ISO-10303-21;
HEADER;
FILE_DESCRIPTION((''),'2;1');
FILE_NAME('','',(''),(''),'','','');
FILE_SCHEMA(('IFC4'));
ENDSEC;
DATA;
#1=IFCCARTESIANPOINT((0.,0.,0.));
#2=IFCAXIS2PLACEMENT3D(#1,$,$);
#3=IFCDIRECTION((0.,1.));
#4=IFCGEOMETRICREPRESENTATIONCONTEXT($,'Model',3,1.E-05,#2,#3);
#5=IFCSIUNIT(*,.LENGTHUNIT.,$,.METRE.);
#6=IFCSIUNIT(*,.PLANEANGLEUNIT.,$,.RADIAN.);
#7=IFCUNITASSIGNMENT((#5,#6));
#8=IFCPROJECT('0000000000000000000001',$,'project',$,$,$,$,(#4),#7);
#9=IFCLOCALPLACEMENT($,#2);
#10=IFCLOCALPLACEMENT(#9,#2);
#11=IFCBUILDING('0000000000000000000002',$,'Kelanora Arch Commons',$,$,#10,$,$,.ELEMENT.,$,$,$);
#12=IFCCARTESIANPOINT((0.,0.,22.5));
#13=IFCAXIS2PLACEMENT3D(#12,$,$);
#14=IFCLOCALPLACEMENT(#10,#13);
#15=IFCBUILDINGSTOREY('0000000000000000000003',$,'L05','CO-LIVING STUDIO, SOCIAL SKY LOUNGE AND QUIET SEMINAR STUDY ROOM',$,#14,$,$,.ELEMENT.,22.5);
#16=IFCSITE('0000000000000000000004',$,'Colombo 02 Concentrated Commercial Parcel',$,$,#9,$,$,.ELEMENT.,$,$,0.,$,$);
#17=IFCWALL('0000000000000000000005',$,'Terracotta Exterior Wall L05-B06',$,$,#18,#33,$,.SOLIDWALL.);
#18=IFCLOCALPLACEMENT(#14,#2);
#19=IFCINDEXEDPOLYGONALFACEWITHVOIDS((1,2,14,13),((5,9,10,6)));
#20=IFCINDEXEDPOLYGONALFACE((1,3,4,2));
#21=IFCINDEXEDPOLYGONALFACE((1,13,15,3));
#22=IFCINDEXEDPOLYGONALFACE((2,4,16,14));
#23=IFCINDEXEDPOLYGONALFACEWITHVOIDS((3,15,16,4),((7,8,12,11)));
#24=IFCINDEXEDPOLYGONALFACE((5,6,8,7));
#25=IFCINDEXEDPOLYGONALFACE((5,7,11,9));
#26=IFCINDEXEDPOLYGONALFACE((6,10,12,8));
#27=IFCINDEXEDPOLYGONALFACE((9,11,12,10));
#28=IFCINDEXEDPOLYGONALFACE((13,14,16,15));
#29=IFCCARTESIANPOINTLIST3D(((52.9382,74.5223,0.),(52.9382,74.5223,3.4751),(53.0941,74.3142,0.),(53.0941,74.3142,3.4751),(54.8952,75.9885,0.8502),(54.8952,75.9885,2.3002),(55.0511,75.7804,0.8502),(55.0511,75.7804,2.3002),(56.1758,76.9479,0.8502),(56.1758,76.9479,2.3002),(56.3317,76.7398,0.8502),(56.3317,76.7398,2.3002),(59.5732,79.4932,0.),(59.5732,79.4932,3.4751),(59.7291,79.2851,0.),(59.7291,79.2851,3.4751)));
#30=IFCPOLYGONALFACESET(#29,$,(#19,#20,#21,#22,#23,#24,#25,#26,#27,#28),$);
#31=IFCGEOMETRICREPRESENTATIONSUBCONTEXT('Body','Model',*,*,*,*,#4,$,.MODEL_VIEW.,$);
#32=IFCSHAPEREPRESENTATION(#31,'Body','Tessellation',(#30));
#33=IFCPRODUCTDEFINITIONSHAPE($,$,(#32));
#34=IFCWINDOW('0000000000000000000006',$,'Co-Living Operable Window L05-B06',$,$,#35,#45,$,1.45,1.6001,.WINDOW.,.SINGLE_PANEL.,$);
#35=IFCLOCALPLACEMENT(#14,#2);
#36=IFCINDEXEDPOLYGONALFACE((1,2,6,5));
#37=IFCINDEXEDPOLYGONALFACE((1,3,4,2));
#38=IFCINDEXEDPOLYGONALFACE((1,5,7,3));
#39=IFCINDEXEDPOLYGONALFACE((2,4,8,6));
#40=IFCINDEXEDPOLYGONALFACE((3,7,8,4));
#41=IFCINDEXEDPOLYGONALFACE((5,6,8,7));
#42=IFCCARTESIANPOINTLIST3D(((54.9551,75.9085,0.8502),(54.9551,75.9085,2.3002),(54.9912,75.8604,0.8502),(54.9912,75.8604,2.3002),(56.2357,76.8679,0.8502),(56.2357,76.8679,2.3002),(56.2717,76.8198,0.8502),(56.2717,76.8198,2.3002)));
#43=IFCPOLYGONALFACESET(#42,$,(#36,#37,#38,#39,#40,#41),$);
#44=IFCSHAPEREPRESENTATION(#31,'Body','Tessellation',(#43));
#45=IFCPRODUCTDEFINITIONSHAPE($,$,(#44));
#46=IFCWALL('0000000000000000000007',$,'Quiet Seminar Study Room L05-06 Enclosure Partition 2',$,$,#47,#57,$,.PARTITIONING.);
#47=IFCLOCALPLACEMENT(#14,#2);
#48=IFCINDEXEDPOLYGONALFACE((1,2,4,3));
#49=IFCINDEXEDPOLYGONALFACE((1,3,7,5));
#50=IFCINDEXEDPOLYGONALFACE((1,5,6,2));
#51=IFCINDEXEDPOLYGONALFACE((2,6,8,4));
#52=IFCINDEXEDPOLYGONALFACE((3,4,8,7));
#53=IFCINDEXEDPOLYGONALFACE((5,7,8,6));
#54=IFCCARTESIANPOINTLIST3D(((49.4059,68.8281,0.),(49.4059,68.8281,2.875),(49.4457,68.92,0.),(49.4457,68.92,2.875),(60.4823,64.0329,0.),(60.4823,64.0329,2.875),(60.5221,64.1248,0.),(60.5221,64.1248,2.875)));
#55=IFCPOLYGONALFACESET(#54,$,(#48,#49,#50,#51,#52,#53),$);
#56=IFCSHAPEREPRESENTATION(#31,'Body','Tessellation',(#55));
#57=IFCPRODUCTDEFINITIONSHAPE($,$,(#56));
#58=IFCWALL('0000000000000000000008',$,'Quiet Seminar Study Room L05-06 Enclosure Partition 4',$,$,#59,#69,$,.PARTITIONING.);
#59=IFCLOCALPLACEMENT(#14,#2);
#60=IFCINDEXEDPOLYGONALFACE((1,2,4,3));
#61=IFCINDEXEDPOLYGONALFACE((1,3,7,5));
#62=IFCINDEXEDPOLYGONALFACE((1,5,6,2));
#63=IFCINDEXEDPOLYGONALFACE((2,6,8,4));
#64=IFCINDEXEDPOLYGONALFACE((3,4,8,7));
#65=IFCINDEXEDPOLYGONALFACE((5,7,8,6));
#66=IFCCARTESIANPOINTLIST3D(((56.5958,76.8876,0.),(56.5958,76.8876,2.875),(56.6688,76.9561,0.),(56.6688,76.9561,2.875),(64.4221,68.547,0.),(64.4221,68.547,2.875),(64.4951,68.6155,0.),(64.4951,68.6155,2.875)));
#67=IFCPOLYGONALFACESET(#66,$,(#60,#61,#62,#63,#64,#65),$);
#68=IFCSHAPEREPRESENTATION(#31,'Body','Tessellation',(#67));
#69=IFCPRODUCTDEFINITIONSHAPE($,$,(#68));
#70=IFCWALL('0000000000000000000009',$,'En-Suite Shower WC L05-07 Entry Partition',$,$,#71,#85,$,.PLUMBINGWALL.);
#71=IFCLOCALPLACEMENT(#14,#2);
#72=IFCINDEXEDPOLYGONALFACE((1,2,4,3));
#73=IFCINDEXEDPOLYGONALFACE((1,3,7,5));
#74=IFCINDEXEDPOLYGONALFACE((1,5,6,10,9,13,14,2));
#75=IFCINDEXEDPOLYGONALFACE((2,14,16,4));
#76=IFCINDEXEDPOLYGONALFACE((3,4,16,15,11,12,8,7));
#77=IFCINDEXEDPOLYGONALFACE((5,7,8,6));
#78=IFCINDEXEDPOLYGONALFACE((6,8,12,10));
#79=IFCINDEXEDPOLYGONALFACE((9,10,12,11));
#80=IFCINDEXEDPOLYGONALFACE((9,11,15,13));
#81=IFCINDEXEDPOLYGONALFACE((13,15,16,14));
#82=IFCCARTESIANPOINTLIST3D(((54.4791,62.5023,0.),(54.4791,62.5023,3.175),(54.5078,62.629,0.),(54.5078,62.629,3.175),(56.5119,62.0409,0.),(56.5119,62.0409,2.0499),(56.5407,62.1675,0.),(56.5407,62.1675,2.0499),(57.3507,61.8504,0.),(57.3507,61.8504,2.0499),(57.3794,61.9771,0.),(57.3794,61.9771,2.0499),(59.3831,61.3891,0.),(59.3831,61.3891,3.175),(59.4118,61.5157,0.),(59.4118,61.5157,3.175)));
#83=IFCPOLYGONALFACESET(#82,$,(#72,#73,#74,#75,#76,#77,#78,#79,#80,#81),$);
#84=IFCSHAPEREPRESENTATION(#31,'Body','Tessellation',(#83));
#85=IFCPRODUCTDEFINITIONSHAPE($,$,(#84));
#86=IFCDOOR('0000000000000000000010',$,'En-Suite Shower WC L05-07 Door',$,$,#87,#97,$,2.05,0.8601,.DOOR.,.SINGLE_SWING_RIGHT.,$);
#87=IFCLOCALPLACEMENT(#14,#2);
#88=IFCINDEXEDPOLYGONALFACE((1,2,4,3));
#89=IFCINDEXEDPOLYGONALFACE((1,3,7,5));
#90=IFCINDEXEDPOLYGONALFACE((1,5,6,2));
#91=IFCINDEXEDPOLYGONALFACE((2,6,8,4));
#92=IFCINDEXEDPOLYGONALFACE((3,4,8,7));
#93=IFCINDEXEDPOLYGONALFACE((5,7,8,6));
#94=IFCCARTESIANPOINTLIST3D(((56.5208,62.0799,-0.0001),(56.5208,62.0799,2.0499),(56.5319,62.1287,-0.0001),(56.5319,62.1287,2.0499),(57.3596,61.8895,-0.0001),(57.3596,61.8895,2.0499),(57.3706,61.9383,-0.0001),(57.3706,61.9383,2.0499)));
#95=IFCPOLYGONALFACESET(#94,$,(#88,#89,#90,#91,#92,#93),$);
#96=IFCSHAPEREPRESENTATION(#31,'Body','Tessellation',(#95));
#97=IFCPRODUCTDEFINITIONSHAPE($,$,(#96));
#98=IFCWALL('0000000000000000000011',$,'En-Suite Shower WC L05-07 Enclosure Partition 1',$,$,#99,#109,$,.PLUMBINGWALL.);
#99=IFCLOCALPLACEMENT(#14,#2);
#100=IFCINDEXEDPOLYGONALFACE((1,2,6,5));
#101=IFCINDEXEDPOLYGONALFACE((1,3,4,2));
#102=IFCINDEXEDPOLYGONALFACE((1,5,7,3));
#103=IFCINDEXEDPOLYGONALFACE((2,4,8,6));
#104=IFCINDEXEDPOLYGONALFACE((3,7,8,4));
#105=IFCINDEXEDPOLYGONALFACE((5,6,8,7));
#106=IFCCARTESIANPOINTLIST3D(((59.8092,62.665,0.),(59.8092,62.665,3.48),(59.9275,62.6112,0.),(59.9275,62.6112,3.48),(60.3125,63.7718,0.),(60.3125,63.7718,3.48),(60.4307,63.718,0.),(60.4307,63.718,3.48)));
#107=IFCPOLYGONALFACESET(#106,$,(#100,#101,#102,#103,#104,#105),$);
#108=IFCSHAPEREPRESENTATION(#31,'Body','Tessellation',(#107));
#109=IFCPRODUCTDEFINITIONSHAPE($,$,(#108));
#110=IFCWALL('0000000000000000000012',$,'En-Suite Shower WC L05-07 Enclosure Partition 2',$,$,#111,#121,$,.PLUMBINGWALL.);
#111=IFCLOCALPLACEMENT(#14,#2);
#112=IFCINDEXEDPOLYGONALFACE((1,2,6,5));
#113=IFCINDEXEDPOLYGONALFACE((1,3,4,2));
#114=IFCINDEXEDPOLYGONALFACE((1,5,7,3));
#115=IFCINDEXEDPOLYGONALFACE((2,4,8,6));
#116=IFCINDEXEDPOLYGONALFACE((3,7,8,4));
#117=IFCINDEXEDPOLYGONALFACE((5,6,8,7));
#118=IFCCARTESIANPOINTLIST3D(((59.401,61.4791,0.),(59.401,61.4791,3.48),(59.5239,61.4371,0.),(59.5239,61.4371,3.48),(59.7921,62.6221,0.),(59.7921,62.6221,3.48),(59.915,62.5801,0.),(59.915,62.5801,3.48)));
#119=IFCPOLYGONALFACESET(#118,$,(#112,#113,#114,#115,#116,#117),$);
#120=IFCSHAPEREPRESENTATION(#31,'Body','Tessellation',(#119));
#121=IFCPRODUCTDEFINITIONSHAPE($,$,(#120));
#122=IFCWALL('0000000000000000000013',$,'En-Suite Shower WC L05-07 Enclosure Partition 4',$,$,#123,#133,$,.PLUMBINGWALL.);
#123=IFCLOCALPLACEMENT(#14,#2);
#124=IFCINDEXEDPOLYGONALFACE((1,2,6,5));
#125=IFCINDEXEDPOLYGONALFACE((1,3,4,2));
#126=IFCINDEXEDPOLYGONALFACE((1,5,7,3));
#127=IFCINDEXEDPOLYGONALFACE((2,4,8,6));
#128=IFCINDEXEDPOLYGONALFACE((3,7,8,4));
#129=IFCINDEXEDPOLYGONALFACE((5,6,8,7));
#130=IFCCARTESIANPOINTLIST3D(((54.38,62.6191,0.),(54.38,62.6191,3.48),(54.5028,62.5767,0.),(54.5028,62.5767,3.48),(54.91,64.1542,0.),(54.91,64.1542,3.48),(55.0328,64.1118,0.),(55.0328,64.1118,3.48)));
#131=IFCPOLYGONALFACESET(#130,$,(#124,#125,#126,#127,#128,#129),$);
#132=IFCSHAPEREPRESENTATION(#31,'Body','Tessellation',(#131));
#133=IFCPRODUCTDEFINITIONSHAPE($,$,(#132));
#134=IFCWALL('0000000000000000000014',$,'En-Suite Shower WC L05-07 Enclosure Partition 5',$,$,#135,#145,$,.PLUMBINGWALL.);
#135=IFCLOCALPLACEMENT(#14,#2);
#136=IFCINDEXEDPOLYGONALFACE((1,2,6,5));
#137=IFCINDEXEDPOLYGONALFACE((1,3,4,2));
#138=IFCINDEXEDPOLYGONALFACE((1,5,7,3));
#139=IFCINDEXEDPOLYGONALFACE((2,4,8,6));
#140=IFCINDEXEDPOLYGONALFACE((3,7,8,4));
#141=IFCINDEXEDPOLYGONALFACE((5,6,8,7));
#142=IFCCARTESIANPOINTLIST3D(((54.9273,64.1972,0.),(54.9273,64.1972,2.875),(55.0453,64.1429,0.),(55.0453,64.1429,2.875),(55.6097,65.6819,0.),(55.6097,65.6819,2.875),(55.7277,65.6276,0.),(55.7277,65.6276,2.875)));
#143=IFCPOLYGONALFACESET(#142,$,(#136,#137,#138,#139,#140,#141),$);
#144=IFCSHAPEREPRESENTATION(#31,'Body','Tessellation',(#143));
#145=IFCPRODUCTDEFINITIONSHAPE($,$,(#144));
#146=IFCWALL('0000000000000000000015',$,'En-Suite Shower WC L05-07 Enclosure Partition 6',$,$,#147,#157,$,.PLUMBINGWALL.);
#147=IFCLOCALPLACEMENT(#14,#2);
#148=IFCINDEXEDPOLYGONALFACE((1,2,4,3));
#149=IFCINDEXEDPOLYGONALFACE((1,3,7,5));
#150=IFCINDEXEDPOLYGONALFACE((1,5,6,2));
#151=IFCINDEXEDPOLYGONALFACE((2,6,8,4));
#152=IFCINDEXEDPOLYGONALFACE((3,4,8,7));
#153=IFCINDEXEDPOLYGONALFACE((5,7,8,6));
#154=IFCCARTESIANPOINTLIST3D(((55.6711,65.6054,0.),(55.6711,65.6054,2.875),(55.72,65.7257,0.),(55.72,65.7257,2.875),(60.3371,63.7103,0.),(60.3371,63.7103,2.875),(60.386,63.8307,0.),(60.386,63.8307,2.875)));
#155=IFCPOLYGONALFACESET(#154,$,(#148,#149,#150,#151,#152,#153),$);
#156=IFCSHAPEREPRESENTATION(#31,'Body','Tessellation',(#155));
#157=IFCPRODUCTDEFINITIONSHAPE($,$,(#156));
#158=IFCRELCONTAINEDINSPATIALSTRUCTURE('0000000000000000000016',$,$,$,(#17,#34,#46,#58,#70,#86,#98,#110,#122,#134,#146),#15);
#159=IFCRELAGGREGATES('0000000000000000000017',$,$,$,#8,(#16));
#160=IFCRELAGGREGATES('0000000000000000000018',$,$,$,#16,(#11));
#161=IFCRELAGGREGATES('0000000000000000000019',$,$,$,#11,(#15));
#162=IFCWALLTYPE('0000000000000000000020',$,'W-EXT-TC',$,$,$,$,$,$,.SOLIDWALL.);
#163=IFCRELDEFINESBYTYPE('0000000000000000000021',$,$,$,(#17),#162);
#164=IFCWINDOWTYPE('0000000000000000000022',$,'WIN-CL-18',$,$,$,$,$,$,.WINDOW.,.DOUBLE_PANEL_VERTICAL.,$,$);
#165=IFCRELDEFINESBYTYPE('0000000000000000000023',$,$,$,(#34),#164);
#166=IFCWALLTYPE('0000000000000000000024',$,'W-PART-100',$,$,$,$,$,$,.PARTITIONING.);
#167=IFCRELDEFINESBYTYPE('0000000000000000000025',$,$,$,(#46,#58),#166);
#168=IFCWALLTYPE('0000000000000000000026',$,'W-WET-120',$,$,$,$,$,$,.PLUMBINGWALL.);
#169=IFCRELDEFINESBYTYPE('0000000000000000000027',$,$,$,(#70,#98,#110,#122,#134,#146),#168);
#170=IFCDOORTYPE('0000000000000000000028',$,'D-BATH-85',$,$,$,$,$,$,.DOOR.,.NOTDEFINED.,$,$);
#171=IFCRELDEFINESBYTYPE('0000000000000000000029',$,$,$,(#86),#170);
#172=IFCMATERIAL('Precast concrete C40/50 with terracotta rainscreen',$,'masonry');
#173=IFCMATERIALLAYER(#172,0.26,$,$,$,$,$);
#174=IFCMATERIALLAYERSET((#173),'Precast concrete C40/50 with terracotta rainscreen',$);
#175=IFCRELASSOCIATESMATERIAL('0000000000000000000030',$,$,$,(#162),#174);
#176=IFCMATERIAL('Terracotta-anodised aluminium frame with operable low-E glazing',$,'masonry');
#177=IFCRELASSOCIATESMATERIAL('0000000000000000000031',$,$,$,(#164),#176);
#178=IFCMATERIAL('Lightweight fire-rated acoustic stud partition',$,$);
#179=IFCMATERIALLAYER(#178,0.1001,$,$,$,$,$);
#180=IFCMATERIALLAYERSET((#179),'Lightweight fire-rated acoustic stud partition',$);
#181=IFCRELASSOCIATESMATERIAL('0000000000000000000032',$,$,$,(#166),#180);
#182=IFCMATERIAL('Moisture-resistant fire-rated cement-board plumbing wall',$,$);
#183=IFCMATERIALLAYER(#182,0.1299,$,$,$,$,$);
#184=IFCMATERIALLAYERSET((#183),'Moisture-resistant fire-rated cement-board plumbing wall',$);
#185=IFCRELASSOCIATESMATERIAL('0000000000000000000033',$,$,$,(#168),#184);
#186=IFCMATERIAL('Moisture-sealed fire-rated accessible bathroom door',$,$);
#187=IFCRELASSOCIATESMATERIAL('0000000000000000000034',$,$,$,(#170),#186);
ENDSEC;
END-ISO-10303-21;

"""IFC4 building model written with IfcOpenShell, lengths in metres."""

from ifc_helpers import new_model, si_unit, direction, frame, frame_2d, origin, place, context, subcontext, project, spatial, rectangle, extrude, material, layer, layer_set, type_object, element, fill, save


model = new_model("IFC4")

# Units and contexts
model_context = context("Model", 3, precision=1e-05, world=origin(), true_north=direction((0.0, 1.0)))
body_context = subcontext(model_context, "Body", "Model", "MODEL_VIEW")
ifc_project = project(units=[si_unit("LENGTHUNIT", "METRE"), si_unit("PLANEANGLEUNIT", "RADIAN")], contexts=[model_context])

# Site, building, storey
site_placement = place(None, origin())
site = spatial("IfcSite", under=ifc_project, at=site_placement, Name="Colombo 02 Concentrated Commercial Parcel", CompositionType="ELEMENT", RefElevation=0.0)
building_placement = place(site_placement, origin())
building = spatial("IfcBuilding", under=site, at=building_placement, Name="Kelanora Arch Commons", CompositionType="ELEMENT")
storey_placement = place(building_placement, frame((0.0, 0.0, 22.5)))
storey = spatial("IfcBuildingStorey", under=building, at=storey_placement, Name="L05", Description="CO-LIVING STUDIO, SOCIAL SKY LOUNGE AND QUIET SEMINAR STUDY ROOM", CompositionType="ELEMENT", Elevation=22.5)

# Wall, opening, window
ifc_material_1 = material(Name="Precast concrete C40/50 with terracotta rainscreen", Category="masonry")
ifc_layer_1 = layer(ifc_material_1, 0.26)
ifc_layer_set_1 = layer_set([ifc_layer_1], Name="Precast concrete C40/50 with terracotta rainscreen")
wall_type_1 = type_object("IfcWallType", Name="W-EXT-TC", PredefinedType="SOLIDWALL", material=ifc_layer_set_1)
wall_1_placement = place(storey_placement, frame((59.6511, 79.3892, 0.0), z_axis=(0.0, 0.0, 1.0), x_axis=(-0.800307, -0.59959, 0.0)))
wall_1 = element("IfcWall", 1, at=wall_1_placement, inside=storey, type_object=wall_type_1, Name="Terracotta Exterior Wall L05-B06", PredefinedType="SOLIDWALL", context=body_context, shape_type="SweptSolid", body=[
    extrude(rectangle(XDim=8.2905, YDim=0.26, at=frame_2d((4.1453, 0.0))), origin(), (0.0, 0.0, 1.0), 3.4751),
])
opening_1_placement = place(wall_1_placement, frame((4.2451, 0.0, 0.8501)))
opening_1 = element("IfcOpeningElement", 2, at=opening_1_placement, cuts=wall_1, PredefinedType="OPENING", context=body_context, shape_type="SweptSolid", body=[
    extrude(rectangle(XDim=1.6001, YDim=1.45, at=frame_2d((0.8, 0.7251))), frame((0.0, 0.1401, 0.0), z_axis=(0.0, -1.0, 0.0), x_axis=(1.0, 0.0, 0.0)), (0.0, 0.0, 1.0), 0.28),
])
ifc_material_2 = material(Name="Terracotta-anodised aluminium frame with operable low-E glazing", Category="masonry")
window_type = type_object("IfcWindowType", Name="WIN-CL-18", PartitioningType="DOUBLE_PANEL_VERTICAL", PredefinedType="WINDOW", material=ifc_material_2)
window_placement = place(opening_1_placement, origin())
window = element("IfcWindow", 3, at=window_placement, inside=storey, type_object=window_type, Name="Co-Living Operable Window L05-B06", OverallHeight=1.45, OverallWidth=1.6001, PartitioningType="SINGLE_PANEL", PredefinedType="WINDOW", context=body_context, shape_type="SweptSolid", body=[
    extrude(rectangle(XDim=1.6001, YDim=1.45, at=frame_2d((0.8, 0.7251))), frame((0.0, 0.03, 0.0), z_axis=(0.0, -1.0, 0.0), x_axis=(1.0, 0.0, 0.0)), (0.0, 0.0, 1.0), 0.0601),
])
fill(opening_1, window)

# Walls
ifc_material_3 = material(Name="Lightweight fire-rated acoustic stud partition")
ifc_layer_2 = layer(ifc_material_3, 0.1001)
ifc_layer_set_2 = layer_set([ifc_layer_2], Name="Lightweight fire-rated acoustic stud partition")
wall_type_2 = type_object("IfcWallType", Name="W-PART-100", PredefinedType="PARTITIONING", material=ifc_layer_set_2)
wall_2_placement = place(storey_placement, frame((60.5022, 64.0789, 0.0), z_axis=(0.0, 0.0, 1.0), x_axis=(-0.917695, 0.397286, 0.0)))
element("IfcWall", 4, at=wall_2_placement, inside=storey, type_object=wall_type_2, Name="Quiet Seminar Study Room L05-06 Enclosure Partition 2", PredefinedType="PARTITIONING", context=body_context, shape_type="SweptSolid", body=[
    extrude(rectangle(XDim=12.0698, YDim=0.1001, at=frame_2d((6.0349, 0.0))), origin(), (0.0, 0.0, 1.0), 2.875),
])
wall_3_placement = place(storey_placement, frame((56.6323, 76.9219, 0.0), z_axis=(0.0, 0.0, 1.0), x_axis=(0.684261, -0.729237, 0.0)))
element("IfcWall", 5, at=wall_3_placement, inside=storey, type_object=wall_type_2, Name="Quiet Seminar Study Room L05-06 Enclosure Partition 4", PredefinedType="PARTITIONING", context=body_context, shape_type="SweptSolid", body=[
    extrude(rectangle(XDim=11.4375, YDim=0.1001, at=frame_2d((5.7188, 0.0))), origin(), (0.0, 0.0, 1.0), 2.875),
])

# Wall, opening, door
ifc_material_4 = material(Name="Moisture-resistant fire-rated cement-board plumbing wall")
ifc_layer_3 = layer(ifc_material_4, 0.1299)
ifc_layer_set_3 = layer_set([ifc_layer_3], Name="Moisture-resistant fire-rated cement-board plumbing wall")
wall_type_3 = type_object("IfcWallType", Name="W-WET-120", PredefinedType="PLUMBINGWALL", material=ifc_layer_set_3)
wall_4_placement = place(storey_placement, frame((59.3975, 61.4524, 0.0), z_axis=(0.0, 0.0, 1.0), x_axis=(-0.975188, 0.22138, 0.0)))
wall_4 = element("IfcWall", 6, at=wall_4_placement, inside=storey, type_object=wall_type_3, Name="En-Suite Shower WC L05-07 Entry Partition", PredefinedType="PLUMBINGWALL", context=body_context, shape_type="SweptSolid", body=[
    extrude(rectangle(XDim=5.0288, YDim=0.1299, at=frame_2d((2.5144, 0.0))), origin(), (0.0, 0.0, 1.0), 3.175),
])
opening_2_placement = place(wall_4_placement, frame((2.084, 0.0, 0.0)))
opening_2 = element("IfcOpeningElement", 7, at=opening_2_placement, cuts=wall_4, PredefinedType="OPENING", context=body_context, shape_type="SweptSolid", body=[
    extrude(rectangle(XDim=0.8601, YDim=2.05, at=frame_2d((0.4302, 1.0249))), frame((0.0, 0.075, 0.0), z_axis=(0.0, -1.0, 0.0), x_axis=(1.0, 0.0, 0.0)), (0.0, 0.0, 1.0), 0.1499),
])
ifc_material_5 = material(Name="Moisture-sealed fire-rated accessible bathroom door")
door_type_1 = type_object("IfcDoorType", Name="D-BATH-85", OperationType="NOTDEFINED", PredefinedType="DOOR", material=ifc_material_5)
door_1_placement = place(opening_2_placement, origin())
door_1 = element("IfcDoor", 8, at=door_1_placement, inside=storey, type_object=door_type_1, Name="En-Suite Shower WC L05-07 Door", OperationType="SINGLE_SWING_RIGHT", OverallHeight=2.05, OverallWidth=0.8601, PredefinedType="DOOR", context=body_context, shape_type="SweptSolid", body=[
    extrude(rectangle(XDim=0.8601, YDim=2.05, at=frame_2d((0.4302, 1.0249))), frame((0.0, 0.0249, 0.0), z_axis=(0.0, -1.0, 0.0), x_axis=(1.0, 0.0, 0.0)), (0.0, 0.0, 1.0), 0.05),
])
fill(opening_2, door_1)

# Walls
wall_5_placement = place(storey_placement, frame((60.3716, 63.7449, 0.0), z_axis=(0.0, 0.0, 1.0), x_axis=(-0.413894, -0.910325, 0.0)))
element("IfcWall", 9, at=wall_5_placement, inside=storey, type_object=wall_type_3, Name="En-Suite Shower WC L05-07 Enclosure Partition 1", PredefinedType="PLUMBINGWALL", context=body_context, shape_type="SweptSolid", body=[
    extrude(rectangle(XDim=1.2158, YDim=0.1299, at=frame_2d((0.6079, 0.0))), origin(), (0.0, 0.0, 1.0), 3.48),
])
wall_6_placement = place(storey_placement, frame((59.8535, 62.6011, 0.0), z_axis=(0.0, 0.0, 1.0), x_axis=(-0.323735, -0.946148, 0.0)))
element("IfcWall", 10, at=wall_6_placement, inside=storey, type_object=wall_type_3, Name="En-Suite Shower WC L05-07 Enclosure Partition 2", PredefinedType="PLUMBINGWALL", context=body_context, shape_type="SweptSolid", body=[
    extrude(rectangle(XDim=1.208, YDim=0.1299, at=frame_2d((0.604, 0.0))), origin(), (0.0, 0.0, 1.0), 3.48),
])
wall_7_placement = place(storey_placement, frame((54.4414, 62.5979, 0.0), z_axis=(0.0, 0.0, 1.0), x_axis=(0.326357, 0.945247, 0.0)))
element("IfcWall", 11, at=wall_7_placement, inside=storey, type_object=wall_type_3, Name="En-Suite Shower WC L05-07 Enclosure Partition 4", PredefinedType="PLUMBINGWALL", context=body_context, shape_type="SweptSolid", body=[
    extrude(rectangle(XDim=1.624, YDim=0.1299, at=frame_2d((0.812, 0.0))), origin(), (0.0, 0.0, 1.0), 3.48),
])
wall_8_placement = place(storey_placement, frame((54.9863, 64.1702, 0.0), z_axis=(0.0, 0.0, 1.0), x_axis=(0.417627, 0.908619, 0.0)))
element("IfcWall", 12, at=wall_8_placement, inside=storey, type_object=wall_type_3, Name="En-Suite Shower WC L05-07 Enclosure Partition 5", PredefinedType="PLUMBINGWALL", context=body_context, shape_type="SweptSolid", body=[
    extrude(rectangle(XDim=1.634, YDim=0.1299, at=frame_2d((0.8169, 0.0))), origin(), (0.0, 0.0, 1.0), 2.875),
])
wall_9_placement = place(storey_placement, frame((55.6956, 65.6655, 0.0), z_axis=(0.0, 0.0, 1.0), x_axis=(0.926505, -0.376283, 0.0)))
element("IfcWall", 13, at=wall_9_placement, inside=storey, type_object=wall_type_3, Name="En-Suite Shower WC L05-07 Enclosure Partition 6", PredefinedType="PLUMBINGWALL", context=body_context, shape_type="SweptSolid", body=[
    extrude(rectangle(XDim=5.0361, YDim=0.1299, at=frame_2d((2.5181, 0.0))), origin(), (0.0, 0.0, 1.0), 2.875),
])

save(model, "model.ifc")
